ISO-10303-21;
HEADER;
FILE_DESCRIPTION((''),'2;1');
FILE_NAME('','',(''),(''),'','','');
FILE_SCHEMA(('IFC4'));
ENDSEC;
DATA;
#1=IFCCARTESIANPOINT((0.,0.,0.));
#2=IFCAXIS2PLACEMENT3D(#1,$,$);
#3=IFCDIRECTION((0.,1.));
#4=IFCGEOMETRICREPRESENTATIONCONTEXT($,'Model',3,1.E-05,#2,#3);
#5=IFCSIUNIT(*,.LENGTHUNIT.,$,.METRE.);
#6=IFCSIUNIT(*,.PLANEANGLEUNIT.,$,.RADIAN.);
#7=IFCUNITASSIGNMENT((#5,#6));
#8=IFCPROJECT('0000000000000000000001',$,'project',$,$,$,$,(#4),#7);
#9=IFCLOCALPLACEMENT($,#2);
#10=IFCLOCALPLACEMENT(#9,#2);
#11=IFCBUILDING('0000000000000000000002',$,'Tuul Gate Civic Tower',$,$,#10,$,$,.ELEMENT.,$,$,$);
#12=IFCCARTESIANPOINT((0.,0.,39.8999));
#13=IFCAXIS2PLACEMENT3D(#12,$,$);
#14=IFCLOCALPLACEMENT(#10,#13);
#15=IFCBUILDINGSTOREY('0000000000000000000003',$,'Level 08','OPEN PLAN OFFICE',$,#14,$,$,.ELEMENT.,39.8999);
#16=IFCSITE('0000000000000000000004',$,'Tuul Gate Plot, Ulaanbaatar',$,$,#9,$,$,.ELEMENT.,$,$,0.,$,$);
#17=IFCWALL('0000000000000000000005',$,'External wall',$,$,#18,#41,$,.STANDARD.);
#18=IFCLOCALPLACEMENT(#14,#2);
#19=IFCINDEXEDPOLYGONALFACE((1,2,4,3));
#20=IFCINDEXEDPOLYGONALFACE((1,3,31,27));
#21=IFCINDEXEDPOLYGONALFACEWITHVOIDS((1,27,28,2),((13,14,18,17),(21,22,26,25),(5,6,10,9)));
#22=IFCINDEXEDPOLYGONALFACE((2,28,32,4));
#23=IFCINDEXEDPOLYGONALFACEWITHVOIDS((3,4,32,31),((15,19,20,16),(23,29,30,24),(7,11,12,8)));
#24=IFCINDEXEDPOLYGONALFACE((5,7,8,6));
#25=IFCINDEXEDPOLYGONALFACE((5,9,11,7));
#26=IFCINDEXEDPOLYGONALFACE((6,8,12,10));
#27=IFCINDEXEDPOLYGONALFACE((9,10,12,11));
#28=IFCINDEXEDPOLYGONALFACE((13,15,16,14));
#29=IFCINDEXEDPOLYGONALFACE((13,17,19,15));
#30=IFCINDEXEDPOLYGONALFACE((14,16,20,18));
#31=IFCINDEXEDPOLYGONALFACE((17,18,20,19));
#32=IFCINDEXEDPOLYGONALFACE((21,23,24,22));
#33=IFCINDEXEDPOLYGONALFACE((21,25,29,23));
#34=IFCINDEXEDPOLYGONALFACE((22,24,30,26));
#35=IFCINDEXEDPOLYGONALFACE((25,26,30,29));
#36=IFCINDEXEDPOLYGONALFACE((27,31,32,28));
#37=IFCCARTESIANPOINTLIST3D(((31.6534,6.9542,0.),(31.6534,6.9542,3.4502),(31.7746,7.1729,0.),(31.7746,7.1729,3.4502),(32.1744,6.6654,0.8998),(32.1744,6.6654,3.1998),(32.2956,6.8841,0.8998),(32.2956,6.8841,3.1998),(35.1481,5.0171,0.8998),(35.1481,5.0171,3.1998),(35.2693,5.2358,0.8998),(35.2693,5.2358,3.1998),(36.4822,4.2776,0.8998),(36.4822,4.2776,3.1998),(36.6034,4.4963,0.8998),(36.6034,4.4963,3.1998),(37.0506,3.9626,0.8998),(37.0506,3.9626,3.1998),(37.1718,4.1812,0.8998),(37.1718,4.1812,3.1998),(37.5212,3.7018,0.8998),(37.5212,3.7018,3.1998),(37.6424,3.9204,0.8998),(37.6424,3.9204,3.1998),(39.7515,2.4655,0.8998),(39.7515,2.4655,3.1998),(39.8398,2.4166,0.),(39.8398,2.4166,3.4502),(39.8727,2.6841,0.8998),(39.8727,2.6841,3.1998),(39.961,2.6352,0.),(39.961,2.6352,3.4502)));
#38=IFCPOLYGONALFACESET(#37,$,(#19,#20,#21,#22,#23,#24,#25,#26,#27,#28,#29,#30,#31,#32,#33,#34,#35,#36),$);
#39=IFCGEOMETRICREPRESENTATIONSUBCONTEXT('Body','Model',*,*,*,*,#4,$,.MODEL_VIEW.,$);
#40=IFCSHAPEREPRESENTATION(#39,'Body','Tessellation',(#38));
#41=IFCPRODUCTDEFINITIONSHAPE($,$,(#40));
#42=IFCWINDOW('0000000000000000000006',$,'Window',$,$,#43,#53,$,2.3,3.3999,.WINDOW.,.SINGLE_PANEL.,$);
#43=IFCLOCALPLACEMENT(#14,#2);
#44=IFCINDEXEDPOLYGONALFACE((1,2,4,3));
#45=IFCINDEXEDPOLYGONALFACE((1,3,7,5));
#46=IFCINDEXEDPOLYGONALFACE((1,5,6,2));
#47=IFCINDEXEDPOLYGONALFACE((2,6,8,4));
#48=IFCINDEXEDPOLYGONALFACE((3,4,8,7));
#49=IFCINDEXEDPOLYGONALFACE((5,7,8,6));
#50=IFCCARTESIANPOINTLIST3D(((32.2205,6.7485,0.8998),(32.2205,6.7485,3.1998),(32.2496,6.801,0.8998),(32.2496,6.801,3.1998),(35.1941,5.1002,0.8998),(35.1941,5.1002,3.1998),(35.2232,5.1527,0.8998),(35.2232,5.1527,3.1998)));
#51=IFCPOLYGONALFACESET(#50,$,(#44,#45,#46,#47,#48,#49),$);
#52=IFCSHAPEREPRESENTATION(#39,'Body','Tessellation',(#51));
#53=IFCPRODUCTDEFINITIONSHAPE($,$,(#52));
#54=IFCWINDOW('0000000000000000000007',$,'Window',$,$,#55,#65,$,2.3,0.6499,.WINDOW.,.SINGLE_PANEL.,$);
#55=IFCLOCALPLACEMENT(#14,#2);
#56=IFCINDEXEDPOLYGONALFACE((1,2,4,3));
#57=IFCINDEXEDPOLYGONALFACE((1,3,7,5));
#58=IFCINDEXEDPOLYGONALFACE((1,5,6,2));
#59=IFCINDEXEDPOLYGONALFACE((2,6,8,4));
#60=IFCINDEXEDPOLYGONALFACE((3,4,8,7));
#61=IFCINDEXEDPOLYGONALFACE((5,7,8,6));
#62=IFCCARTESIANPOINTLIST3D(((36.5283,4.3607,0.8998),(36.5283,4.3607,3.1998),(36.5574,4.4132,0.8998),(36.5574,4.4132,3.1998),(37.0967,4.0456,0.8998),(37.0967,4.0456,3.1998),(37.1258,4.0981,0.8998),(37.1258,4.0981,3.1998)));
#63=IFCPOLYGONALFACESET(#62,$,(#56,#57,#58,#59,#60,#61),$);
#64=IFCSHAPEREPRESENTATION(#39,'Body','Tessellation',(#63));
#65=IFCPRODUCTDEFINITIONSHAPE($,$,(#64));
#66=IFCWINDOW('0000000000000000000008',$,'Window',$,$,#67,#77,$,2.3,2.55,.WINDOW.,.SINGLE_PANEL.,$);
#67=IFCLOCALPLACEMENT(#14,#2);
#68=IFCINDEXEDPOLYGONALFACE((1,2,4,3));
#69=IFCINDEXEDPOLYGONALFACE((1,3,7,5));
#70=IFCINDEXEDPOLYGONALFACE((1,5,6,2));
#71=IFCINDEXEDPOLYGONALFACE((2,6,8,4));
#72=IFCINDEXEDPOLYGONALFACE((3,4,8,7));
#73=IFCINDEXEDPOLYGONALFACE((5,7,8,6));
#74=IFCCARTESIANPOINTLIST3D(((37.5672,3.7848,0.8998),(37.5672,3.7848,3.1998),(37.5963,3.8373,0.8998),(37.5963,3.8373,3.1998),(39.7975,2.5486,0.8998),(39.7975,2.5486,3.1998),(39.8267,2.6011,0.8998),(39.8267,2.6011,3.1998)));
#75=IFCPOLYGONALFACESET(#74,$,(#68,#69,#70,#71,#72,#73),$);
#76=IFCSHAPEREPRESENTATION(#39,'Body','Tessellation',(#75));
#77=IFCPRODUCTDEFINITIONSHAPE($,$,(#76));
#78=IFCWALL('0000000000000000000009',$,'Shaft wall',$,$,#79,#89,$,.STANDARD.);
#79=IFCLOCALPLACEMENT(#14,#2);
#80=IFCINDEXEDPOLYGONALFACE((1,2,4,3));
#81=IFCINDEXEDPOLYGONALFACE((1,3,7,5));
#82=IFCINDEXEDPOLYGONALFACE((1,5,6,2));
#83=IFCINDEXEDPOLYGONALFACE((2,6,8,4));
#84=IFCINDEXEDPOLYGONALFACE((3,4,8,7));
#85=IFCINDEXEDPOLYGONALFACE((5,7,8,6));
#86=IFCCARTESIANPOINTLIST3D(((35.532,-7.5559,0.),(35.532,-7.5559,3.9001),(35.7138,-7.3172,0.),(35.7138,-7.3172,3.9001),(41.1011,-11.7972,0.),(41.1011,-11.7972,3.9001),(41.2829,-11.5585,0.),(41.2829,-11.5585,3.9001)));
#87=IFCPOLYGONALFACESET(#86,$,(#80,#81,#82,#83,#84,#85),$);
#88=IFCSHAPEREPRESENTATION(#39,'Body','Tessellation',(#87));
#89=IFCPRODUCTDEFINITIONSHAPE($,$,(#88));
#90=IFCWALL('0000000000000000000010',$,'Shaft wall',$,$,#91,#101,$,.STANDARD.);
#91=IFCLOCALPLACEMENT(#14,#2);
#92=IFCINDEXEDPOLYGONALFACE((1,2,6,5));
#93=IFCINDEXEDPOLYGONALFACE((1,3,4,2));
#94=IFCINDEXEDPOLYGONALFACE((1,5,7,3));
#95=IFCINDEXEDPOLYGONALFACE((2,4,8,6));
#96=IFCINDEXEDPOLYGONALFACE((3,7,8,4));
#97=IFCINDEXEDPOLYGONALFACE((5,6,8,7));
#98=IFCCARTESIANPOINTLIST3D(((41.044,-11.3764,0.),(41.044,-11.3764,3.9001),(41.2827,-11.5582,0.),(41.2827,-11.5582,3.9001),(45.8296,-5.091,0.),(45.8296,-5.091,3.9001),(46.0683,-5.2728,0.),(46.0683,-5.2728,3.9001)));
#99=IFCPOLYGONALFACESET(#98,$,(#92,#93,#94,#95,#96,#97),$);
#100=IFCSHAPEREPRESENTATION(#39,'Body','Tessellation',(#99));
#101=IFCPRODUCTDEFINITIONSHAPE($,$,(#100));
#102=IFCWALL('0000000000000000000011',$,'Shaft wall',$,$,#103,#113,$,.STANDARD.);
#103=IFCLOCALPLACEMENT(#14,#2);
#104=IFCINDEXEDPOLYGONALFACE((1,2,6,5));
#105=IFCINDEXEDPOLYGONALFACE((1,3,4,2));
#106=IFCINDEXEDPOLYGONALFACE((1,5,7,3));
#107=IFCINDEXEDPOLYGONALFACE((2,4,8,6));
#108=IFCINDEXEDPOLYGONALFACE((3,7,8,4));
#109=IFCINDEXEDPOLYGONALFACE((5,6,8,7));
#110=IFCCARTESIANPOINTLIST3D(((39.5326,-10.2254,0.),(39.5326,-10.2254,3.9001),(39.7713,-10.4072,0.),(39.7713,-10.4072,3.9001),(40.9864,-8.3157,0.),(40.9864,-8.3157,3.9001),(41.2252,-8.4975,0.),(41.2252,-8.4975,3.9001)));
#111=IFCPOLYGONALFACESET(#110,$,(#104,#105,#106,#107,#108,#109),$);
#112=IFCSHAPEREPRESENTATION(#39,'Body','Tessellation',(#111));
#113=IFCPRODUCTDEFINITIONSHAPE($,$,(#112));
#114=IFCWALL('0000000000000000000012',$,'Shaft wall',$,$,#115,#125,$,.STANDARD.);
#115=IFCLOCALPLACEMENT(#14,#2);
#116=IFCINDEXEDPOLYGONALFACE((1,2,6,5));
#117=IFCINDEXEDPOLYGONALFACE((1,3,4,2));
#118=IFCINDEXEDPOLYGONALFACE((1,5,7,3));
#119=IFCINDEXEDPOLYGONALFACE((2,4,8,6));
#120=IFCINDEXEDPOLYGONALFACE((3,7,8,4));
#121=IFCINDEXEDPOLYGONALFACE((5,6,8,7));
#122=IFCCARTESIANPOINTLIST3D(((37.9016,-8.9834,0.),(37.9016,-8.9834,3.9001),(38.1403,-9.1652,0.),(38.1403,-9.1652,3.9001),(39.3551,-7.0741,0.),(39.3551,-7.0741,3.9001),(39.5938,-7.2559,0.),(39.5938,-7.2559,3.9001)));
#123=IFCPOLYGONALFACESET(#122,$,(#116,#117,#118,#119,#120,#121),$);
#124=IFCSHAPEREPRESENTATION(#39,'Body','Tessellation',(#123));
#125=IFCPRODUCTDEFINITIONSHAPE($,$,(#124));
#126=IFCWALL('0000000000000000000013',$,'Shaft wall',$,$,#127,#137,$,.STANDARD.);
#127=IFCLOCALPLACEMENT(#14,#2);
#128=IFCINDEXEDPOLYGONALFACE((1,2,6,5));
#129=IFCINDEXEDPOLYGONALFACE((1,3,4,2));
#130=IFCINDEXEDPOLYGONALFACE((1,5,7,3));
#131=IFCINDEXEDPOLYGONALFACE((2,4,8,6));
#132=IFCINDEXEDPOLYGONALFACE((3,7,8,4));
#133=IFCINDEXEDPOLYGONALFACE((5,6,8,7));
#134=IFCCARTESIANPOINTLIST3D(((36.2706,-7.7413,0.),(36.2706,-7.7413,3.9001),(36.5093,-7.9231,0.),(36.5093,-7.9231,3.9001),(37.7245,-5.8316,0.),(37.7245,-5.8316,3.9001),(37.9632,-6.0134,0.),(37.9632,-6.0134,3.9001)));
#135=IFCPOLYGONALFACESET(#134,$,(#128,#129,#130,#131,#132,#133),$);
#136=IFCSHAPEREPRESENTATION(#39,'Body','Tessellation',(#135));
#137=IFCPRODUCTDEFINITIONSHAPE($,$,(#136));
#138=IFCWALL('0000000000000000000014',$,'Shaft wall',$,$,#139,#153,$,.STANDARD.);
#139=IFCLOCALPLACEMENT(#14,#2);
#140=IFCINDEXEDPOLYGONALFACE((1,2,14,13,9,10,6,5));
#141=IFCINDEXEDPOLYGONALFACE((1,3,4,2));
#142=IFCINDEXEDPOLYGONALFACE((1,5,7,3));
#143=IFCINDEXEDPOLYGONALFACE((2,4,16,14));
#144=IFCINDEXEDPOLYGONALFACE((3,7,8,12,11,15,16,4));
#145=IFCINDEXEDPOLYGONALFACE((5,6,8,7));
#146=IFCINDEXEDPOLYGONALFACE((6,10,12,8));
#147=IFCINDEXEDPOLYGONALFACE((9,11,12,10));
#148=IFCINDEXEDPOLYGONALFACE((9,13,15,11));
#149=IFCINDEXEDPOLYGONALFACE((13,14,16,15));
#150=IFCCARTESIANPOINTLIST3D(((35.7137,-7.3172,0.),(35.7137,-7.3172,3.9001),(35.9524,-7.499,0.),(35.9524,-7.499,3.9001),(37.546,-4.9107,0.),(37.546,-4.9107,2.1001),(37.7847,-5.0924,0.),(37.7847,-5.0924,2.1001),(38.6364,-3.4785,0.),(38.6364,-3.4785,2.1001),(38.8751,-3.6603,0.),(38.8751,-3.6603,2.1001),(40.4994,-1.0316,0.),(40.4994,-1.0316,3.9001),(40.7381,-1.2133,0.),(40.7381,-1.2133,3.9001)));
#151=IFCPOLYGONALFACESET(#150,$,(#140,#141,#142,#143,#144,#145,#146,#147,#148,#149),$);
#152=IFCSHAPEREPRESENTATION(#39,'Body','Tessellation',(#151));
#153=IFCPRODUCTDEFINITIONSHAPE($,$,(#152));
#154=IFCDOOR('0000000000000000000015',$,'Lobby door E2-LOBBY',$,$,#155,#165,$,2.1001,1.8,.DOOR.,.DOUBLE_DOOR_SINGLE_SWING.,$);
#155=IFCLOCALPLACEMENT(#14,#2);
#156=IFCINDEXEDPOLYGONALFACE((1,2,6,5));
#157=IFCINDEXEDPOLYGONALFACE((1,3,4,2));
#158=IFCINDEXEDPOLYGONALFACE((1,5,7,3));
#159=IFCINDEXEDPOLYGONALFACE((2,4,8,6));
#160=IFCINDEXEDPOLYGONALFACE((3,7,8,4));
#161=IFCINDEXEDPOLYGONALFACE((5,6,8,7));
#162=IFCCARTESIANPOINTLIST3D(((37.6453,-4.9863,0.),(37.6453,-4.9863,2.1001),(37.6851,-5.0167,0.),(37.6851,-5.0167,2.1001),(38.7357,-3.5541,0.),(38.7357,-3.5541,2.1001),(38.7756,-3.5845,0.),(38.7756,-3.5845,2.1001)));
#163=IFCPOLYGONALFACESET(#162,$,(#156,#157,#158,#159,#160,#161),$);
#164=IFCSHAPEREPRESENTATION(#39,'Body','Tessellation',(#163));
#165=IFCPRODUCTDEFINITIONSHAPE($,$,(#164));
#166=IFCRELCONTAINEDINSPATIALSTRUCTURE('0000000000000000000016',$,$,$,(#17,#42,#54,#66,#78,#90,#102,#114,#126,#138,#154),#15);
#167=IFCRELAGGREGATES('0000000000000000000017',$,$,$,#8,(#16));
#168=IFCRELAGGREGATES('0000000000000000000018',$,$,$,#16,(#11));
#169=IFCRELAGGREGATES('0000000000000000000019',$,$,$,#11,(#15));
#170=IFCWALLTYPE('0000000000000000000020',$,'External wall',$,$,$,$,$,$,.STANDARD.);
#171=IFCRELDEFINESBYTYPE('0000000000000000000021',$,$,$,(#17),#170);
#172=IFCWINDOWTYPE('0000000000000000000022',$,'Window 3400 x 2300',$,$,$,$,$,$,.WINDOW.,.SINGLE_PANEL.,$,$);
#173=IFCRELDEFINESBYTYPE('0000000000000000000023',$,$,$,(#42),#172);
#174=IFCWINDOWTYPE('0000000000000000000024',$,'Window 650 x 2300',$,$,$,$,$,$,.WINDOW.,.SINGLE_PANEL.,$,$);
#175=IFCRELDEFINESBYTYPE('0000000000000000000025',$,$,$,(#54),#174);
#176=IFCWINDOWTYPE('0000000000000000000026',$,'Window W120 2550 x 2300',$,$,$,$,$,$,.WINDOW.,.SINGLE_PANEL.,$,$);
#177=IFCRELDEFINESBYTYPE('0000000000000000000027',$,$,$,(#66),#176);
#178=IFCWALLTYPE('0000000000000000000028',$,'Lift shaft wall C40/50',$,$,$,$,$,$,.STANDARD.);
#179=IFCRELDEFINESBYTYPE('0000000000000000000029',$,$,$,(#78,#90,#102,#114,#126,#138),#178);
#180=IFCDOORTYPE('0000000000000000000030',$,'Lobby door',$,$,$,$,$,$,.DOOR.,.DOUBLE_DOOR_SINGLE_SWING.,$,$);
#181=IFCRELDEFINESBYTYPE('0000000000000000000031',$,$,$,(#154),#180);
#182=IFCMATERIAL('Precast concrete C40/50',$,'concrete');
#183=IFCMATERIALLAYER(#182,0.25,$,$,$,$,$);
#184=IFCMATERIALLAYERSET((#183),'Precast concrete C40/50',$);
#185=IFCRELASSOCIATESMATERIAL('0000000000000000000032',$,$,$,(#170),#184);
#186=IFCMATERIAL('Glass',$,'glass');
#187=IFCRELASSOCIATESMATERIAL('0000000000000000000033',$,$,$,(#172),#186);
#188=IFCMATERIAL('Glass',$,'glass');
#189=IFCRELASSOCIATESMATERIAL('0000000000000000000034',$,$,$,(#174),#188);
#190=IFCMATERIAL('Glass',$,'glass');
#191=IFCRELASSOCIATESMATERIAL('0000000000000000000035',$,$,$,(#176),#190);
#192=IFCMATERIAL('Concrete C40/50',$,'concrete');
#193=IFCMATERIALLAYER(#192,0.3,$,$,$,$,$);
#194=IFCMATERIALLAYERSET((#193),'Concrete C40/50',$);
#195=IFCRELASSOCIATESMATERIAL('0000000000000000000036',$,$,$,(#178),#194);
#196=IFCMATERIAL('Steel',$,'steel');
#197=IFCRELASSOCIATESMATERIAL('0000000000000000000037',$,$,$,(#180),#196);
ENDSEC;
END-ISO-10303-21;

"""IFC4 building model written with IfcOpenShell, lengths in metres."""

from ifc_helpers import new_model, si_unit, direction, frame, frame_2d, origin, place, context, subcontext, project, spatial, rectangle, extrude, material, layer, layer_set, type_object, element, fill, save


model = new_model("IFC4")

# Units and contexts
model_context = context("Model", 3, precision=1e-05, world=origin(), true_north=direction((0.0, 1.0)))
body_context = subcontext(model_context, "Body", "Model", "MODEL_VIEW")
ifc_project = project(units=[si_unit("LENGTHUNIT", "METRE"), si_unit("PLANEANGLEUNIT", "RADIAN")], contexts=[model_context])

# Site, building, storey
site_placement = place(None, origin())
site = spatial("IfcSite", under=ifc_project, at=site_placement, Name="Tuul Gate Plot, Ulaanbaatar", CompositionType="ELEMENT", RefElevation=0.0)
building_placement = place(site_placement, origin())
building = spatial("IfcBuilding", under=site, at=building_placement, Name="Tuul Gate Civic Tower", CompositionType="ELEMENT")
storey_placement = place(building_placement, frame((0.0, 0.0, 39.8999)))
storey = spatial("IfcBuildingStorey", under=building, at=storey_placement, Name="Level 08", Description="OPEN PLAN OFFICE", CompositionType="ELEMENT", Elevation=39.8999)

# Wall, openings, windows
ifc_material_1 = material(Name="Precast concrete C40/50", Category="concrete")
ifc_layer_1 = layer(ifc_material_1, 0.25)
ifc_layer_set_1 = layer_set([ifc_layer_1], Name="Precast concrete C40/50")
wall_type_1 = type_object("IfcWallType", Name="External wall", PredefinedType="STANDARD", material=ifc_layer_set_1)
wall_1_placement = place(storey_placement, frame((39.9004, 2.5259, 0.0), z_axis=(0.0, 0.0, 1.0), x_axis=(-0.874626, 0.484799, 0.0)))
wall_1 = element("IfcWall", 1, at=wall_1_placement, inside=storey, type_object=wall_type_1, Name="External wall", PredefinedType="STANDARD", context=body_context, shape_type="SweptSolid", body=[
    extrude(rectangle(XDim=9.3599, YDim=0.25, at=frame_2d((4.6799, 0.0))), origin(), (0.0, 0.0, 1.0), 3.4502),
])
opening_1_placement = place(wall_1_placement, frame((0.1011, 0.0, 0.8999)))
opening_1 = element("IfcOpeningElement", 2, at=opening_1_placement, cuts=wall_1, PredefinedType="OPENING", context=body_context, shape_type="SweptSolid", body=[
    extrude(rectangle(XDim=2.55, YDim=2.3, at=frame_2d((1.2749, 1.1499))), frame((0.0, 0.135, 0.0), z_axis=(0.0, -1.0, 0.0), x_axis=(1.0, 0.0, 0.0)), (0.0, 0.0, 1.0), 0.27),
])
opening_2_placement = place(wall_1_placement, frame((3.189, 0.0, 0.8999)))
opening_2 = element("IfcOpeningElement", 3, at=opening_2_placement, cuts=wall_1, PredefinedType="OPENING", context=body_context, shape_type="SweptSolid", body=[
    extrude(rectangle(XDim=0.6499, YDim=2.3, at=frame_2d((0.325, 1.1499))), frame((0.0, 0.135, 0.0), z_axis=(0.0, -1.0, 0.0), x_axis=(1.0, 0.0, 0.0)), (0.0, 0.0, 1.0), 0.27),
])
opening_3_placement = place(wall_1_placement, frame((5.3643, 0.0, 0.8999)))
opening_3 = element("IfcOpeningElement", 4, at=opening_3_placement, cuts=wall_1, PredefinedType="OPENING", context=body_context, shape_type="SweptSolid", body=[
    extrude(rectangle(XDim=3.3999, YDim=2.3, at=frame_2d((1.7, 1.1499))), frame((0.0, 0.135, 0.0), z_axis=(0.0, -1.0, 0.0), x_axis=(1.0, 0.0, 0.0)), (0.0, 0.0, 1.0), 0.27),
])
ifc_material_2 = material(Name="Glass", Category="glass")
window_type_1 = type_object("IfcWindowType", Name="Window 3400 x 2300", PartitioningType="SINGLE_PANEL", PredefinedType="WINDOW", material=ifc_material_2)
window_1_placement = place(opening_3_placement, origin())
window_1 = element("IfcWindow", 5, at=window_1_placement, inside=storey, type_object=window_type_1, Name="Window", OverallHeight=2.3, OverallWidth=3.3999, PartitioningType="SINGLE_PANEL", PredefinedType="WINDOW", context=body_context, shape_type="SweptSolid", body=[
    extrude(rectangle(XDim=3.3999, YDim=2.3, at=frame_2d((1.7, 1.1499))), frame((0.0, 0.03, 0.0), z_axis=(0.0, -1.0, 0.0), x_axis=(1.0, 0.0, 0.0)), (0.0, 0.0, 1.0), 0.0601),
])
fill(opening_3, window_1)
ifc_material_3 = material(Name="Glass", Category="glass")
window_type_2 = type_object("IfcWindowType", Name="Window 650 x 2300", PartitioningType="SINGLE_PANEL", PredefinedType="WINDOW", material=ifc_material_3)
window_2_placement = place(opening_2_placement, origin())
window_2 = element("IfcWindow", 6, at=window_2_placement, inside=storey, type_object=window_type_2, Name="Window", OverallHeight=2.3, OverallWidth=0.6499, PartitioningType="SINGLE_PANEL", PredefinedType="WINDOW", context=body_context, shape_type="SweptSolid", body=[
    extrude(rectangle(XDim=0.6499, YDim=2.3, at=frame_2d((0.325, 1.1499))), frame((0.0, 0.03, 0.0), z_axis=(0.0, -1.0, 0.0), x_axis=(1.0, 0.0, 0.0)), (0.0, 0.0, 1.0), 0.0601),
])
fill(opening_2, window_2)
ifc_material_4 = material(Name="Glass", Category="glass")
window_type_3 = type_object("IfcWindowType", Name="Window W120 2550 x 2300", PartitioningType="SINGLE_PANEL", PredefinedType="WINDOW", material=ifc_material_4)
window_3_placement = place(opening_1_placement, origin())
window_3 = element("IfcWindow", 7, at=window_3_placement, inside=storey, type_object=window_type_3, Name="Window", OverallHeight=2.3, OverallWidth=2.55, PartitioningType="SINGLE_PANEL", PredefinedType="WINDOW", context=body_context, shape_type="SweptSolid", body=[
    extrude(rectangle(XDim=2.55, YDim=2.3, at=frame_2d((1.2749, 1.1499))), frame((0.0, 0.03, 0.0), z_axis=(0.0, -1.0, 0.0), x_axis=(1.0, 0.0, 0.0)), (0.0, 0.0, 1.0), 0.0601),
])
fill(opening_1, window_3)

# Walls
ifc_material_5 = material(Name="Concrete C40/50", Category="concrete")
ifc_layer_2 = layer(ifc_material_5, 0.3)
ifc_layer_set_2 = layer_set([ifc_layer_2], Name="Concrete C40/50")
wall_type_2 = type_object("IfcWallType", Name="Lift shaft wall C40/50", PredefinedType="STANDARD", material=ifc_layer_set_2)
wall_2_placement = place(storey_placement, frame((41.1919, -11.6777, 0.0), z_axis=(0.0, 0.0, 1.0), x_axis=(-0.795563, 0.605871, 0.0)))
element("IfcWall", 8, at=wall_2_placement, inside=storey, type_object=wall_type_2, Name="Shaft wall", PredefinedType="STANDARD", context=body_context, shape_type="SweptSolid", body=[
    extrude(rectangle(XDim=7.0002, YDim=0.3, at=frame_2d((3.5, 0.0))), origin(), (0.0, 0.0, 1.0), 3.9001),
])
wall_3_placement = place(storey_placement, frame((41.1633, -11.4673, 0.0), z_axis=(0.0, 0.0, 1.0), x_axis=(0.605784, 0.795629, 0.0)))
element("IfcWall", 9, at=wall_3_placement, inside=storey, type_object=wall_type_2, Name="Shaft wall", PredefinedType="STANDARD", context=body_context, shape_type="SweptSolid", body=[
    extrude(rectangle(XDim=7.8999, YDim=0.3, at=frame_2d((3.95, 0.0))), origin(), (0.0, 0.0, 1.0), 3.9001),
])
wall_4_placement = place(storey_placement, frame((39.6519, -10.3164, 0.0), z_axis=(0.0, 0.0, 1.0), x_axis=(0.605746, 0.795658, 0.0)))
element("IfcWall", 10, at=wall_4_placement, inside=storey, type_object=wall_type_2, Name="Shaft wall", PredefinedType="STANDARD", context=body_context, shape_type="SweptSolid", body=[
    extrude(rectangle(XDim=2.4001, YDim=0.3, at=frame_2d((1.2002, 0.0))), origin(), (0.0, 0.0, 1.0), 3.9001),
])
wall_5_placement = place(storey_placement, frame((38.021, -9.0742, 0.0), z_axis=(0.0, 0.0, 1.0), x_axis=(0.605731, 0.79567, 0.0)))
element("IfcWall", 11, at=wall_5_placement, inside=storey, type_object=wall_type_2, Name="Shaft wall", PredefinedType="STANDARD", context=body_context, shape_type="SweptSolid", body=[
    extrude(rectangle(XDim=2.3997, YDim=0.3, at=frame_2d((1.1997, 0.0))), origin(), (0.0, 0.0, 1.0), 3.9001),
])
wall_6_placement = place(storey_placement, frame((36.3899, -7.8323, 0.0), z_axis=(0.0, 0.0, 1.0), x_axis=(0.605746, 0.795658, 0.0)))
element("IfcWall", 12, at=wall_6_placement, inside=storey, type_object=wall_type_2, Name="Shaft wall", PredefinedType="STANDARD", context=body_context, shape_type="SweptSolid", body=[
    extrude(rectangle(XDim=2.4001, YDim=0.3, at=frame_2d((1.2002, 0.0))), origin(), (0.0, 0.0, 1.0), 3.9001),
])

# Wall, opening, door
wall_7_placement = place(storey_placement, frame((35.833, -7.4082, 0.0), z_axis=(0.0, 0.0, 1.0), x_axis=(0.605769, 0.79564, 0.0)))
wall_7 = element("IfcWall", 13, at=wall_7_placement, inside=storey, type_object=wall_type_2, Name="Shaft wall", PredefinedType="STANDARD", context=body_context, shape_type="SweptSolid", body=[
    extrude(rectangle(XDim=7.9001, YDim=0.3, at=frame_2d((3.9502, 0.0))), origin(), (0.0, 0.0, 1.0), 3.9001),
])
opening_4_placement = place(wall_7_placement, frame((3.0249, 0.0, 0.0)))
opening_4 = element("IfcOpeningElement", 14, at=opening_4_placement, cuts=wall_7, PredefinedType="OPENING", context=body_context, shape_type="SweptSolid", body=[
    extrude(rectangle(XDim=1.8, YDim=2.1001, at=frame_2d((0.8999, 1.05))), frame((0.0, 0.1602, 0.0), z_axis=(0.0, -1.0, 0.0), x_axis=(1.0, 0.0, 0.0)), (0.0, 0.0, 1.0), 0.3201),
])
ifc_material_6 = material(Name="Steel", Category="steel")
door_type_1 = type_object("IfcDoorType", Name="Lobby door", OperationType="DOUBLE_DOOR_SINGLE_SWING", PredefinedType="DOOR", material=ifc_material_6)
door_1_placement = place(opening_4_placement, frame((1.8, 0.0, 0.0), z_axis=(0.0, 0.0, 1.0), x_axis=(-1.0, 0.0, 0.0)))
door_1 = element("IfcDoor", 15, at=door_1_placement, inside=storey, type_object=door_type_1, Name="Lobby door E2-LOBBY", OperationType="DOUBLE_DOOR_SINGLE_SWING", OverallHeight=2.1001, OverallWidth=1.8, PredefinedType="DOOR", context=body_context, shape_type="SweptSolid", body=[
    extrude(rectangle(XDim=1.8, YDim=2.1001, at=frame_2d((0.9001, 1.05))), frame((0.0, 0.0249, 0.0), z_axis=(0.0, -1.0, 0.0), x_axis=(1.0, 0.0, 0.0)), (0.0, 0.0, 1.0), 0.05),
])
fill(opening_4, door_1)

save(model, "model.ifc")
